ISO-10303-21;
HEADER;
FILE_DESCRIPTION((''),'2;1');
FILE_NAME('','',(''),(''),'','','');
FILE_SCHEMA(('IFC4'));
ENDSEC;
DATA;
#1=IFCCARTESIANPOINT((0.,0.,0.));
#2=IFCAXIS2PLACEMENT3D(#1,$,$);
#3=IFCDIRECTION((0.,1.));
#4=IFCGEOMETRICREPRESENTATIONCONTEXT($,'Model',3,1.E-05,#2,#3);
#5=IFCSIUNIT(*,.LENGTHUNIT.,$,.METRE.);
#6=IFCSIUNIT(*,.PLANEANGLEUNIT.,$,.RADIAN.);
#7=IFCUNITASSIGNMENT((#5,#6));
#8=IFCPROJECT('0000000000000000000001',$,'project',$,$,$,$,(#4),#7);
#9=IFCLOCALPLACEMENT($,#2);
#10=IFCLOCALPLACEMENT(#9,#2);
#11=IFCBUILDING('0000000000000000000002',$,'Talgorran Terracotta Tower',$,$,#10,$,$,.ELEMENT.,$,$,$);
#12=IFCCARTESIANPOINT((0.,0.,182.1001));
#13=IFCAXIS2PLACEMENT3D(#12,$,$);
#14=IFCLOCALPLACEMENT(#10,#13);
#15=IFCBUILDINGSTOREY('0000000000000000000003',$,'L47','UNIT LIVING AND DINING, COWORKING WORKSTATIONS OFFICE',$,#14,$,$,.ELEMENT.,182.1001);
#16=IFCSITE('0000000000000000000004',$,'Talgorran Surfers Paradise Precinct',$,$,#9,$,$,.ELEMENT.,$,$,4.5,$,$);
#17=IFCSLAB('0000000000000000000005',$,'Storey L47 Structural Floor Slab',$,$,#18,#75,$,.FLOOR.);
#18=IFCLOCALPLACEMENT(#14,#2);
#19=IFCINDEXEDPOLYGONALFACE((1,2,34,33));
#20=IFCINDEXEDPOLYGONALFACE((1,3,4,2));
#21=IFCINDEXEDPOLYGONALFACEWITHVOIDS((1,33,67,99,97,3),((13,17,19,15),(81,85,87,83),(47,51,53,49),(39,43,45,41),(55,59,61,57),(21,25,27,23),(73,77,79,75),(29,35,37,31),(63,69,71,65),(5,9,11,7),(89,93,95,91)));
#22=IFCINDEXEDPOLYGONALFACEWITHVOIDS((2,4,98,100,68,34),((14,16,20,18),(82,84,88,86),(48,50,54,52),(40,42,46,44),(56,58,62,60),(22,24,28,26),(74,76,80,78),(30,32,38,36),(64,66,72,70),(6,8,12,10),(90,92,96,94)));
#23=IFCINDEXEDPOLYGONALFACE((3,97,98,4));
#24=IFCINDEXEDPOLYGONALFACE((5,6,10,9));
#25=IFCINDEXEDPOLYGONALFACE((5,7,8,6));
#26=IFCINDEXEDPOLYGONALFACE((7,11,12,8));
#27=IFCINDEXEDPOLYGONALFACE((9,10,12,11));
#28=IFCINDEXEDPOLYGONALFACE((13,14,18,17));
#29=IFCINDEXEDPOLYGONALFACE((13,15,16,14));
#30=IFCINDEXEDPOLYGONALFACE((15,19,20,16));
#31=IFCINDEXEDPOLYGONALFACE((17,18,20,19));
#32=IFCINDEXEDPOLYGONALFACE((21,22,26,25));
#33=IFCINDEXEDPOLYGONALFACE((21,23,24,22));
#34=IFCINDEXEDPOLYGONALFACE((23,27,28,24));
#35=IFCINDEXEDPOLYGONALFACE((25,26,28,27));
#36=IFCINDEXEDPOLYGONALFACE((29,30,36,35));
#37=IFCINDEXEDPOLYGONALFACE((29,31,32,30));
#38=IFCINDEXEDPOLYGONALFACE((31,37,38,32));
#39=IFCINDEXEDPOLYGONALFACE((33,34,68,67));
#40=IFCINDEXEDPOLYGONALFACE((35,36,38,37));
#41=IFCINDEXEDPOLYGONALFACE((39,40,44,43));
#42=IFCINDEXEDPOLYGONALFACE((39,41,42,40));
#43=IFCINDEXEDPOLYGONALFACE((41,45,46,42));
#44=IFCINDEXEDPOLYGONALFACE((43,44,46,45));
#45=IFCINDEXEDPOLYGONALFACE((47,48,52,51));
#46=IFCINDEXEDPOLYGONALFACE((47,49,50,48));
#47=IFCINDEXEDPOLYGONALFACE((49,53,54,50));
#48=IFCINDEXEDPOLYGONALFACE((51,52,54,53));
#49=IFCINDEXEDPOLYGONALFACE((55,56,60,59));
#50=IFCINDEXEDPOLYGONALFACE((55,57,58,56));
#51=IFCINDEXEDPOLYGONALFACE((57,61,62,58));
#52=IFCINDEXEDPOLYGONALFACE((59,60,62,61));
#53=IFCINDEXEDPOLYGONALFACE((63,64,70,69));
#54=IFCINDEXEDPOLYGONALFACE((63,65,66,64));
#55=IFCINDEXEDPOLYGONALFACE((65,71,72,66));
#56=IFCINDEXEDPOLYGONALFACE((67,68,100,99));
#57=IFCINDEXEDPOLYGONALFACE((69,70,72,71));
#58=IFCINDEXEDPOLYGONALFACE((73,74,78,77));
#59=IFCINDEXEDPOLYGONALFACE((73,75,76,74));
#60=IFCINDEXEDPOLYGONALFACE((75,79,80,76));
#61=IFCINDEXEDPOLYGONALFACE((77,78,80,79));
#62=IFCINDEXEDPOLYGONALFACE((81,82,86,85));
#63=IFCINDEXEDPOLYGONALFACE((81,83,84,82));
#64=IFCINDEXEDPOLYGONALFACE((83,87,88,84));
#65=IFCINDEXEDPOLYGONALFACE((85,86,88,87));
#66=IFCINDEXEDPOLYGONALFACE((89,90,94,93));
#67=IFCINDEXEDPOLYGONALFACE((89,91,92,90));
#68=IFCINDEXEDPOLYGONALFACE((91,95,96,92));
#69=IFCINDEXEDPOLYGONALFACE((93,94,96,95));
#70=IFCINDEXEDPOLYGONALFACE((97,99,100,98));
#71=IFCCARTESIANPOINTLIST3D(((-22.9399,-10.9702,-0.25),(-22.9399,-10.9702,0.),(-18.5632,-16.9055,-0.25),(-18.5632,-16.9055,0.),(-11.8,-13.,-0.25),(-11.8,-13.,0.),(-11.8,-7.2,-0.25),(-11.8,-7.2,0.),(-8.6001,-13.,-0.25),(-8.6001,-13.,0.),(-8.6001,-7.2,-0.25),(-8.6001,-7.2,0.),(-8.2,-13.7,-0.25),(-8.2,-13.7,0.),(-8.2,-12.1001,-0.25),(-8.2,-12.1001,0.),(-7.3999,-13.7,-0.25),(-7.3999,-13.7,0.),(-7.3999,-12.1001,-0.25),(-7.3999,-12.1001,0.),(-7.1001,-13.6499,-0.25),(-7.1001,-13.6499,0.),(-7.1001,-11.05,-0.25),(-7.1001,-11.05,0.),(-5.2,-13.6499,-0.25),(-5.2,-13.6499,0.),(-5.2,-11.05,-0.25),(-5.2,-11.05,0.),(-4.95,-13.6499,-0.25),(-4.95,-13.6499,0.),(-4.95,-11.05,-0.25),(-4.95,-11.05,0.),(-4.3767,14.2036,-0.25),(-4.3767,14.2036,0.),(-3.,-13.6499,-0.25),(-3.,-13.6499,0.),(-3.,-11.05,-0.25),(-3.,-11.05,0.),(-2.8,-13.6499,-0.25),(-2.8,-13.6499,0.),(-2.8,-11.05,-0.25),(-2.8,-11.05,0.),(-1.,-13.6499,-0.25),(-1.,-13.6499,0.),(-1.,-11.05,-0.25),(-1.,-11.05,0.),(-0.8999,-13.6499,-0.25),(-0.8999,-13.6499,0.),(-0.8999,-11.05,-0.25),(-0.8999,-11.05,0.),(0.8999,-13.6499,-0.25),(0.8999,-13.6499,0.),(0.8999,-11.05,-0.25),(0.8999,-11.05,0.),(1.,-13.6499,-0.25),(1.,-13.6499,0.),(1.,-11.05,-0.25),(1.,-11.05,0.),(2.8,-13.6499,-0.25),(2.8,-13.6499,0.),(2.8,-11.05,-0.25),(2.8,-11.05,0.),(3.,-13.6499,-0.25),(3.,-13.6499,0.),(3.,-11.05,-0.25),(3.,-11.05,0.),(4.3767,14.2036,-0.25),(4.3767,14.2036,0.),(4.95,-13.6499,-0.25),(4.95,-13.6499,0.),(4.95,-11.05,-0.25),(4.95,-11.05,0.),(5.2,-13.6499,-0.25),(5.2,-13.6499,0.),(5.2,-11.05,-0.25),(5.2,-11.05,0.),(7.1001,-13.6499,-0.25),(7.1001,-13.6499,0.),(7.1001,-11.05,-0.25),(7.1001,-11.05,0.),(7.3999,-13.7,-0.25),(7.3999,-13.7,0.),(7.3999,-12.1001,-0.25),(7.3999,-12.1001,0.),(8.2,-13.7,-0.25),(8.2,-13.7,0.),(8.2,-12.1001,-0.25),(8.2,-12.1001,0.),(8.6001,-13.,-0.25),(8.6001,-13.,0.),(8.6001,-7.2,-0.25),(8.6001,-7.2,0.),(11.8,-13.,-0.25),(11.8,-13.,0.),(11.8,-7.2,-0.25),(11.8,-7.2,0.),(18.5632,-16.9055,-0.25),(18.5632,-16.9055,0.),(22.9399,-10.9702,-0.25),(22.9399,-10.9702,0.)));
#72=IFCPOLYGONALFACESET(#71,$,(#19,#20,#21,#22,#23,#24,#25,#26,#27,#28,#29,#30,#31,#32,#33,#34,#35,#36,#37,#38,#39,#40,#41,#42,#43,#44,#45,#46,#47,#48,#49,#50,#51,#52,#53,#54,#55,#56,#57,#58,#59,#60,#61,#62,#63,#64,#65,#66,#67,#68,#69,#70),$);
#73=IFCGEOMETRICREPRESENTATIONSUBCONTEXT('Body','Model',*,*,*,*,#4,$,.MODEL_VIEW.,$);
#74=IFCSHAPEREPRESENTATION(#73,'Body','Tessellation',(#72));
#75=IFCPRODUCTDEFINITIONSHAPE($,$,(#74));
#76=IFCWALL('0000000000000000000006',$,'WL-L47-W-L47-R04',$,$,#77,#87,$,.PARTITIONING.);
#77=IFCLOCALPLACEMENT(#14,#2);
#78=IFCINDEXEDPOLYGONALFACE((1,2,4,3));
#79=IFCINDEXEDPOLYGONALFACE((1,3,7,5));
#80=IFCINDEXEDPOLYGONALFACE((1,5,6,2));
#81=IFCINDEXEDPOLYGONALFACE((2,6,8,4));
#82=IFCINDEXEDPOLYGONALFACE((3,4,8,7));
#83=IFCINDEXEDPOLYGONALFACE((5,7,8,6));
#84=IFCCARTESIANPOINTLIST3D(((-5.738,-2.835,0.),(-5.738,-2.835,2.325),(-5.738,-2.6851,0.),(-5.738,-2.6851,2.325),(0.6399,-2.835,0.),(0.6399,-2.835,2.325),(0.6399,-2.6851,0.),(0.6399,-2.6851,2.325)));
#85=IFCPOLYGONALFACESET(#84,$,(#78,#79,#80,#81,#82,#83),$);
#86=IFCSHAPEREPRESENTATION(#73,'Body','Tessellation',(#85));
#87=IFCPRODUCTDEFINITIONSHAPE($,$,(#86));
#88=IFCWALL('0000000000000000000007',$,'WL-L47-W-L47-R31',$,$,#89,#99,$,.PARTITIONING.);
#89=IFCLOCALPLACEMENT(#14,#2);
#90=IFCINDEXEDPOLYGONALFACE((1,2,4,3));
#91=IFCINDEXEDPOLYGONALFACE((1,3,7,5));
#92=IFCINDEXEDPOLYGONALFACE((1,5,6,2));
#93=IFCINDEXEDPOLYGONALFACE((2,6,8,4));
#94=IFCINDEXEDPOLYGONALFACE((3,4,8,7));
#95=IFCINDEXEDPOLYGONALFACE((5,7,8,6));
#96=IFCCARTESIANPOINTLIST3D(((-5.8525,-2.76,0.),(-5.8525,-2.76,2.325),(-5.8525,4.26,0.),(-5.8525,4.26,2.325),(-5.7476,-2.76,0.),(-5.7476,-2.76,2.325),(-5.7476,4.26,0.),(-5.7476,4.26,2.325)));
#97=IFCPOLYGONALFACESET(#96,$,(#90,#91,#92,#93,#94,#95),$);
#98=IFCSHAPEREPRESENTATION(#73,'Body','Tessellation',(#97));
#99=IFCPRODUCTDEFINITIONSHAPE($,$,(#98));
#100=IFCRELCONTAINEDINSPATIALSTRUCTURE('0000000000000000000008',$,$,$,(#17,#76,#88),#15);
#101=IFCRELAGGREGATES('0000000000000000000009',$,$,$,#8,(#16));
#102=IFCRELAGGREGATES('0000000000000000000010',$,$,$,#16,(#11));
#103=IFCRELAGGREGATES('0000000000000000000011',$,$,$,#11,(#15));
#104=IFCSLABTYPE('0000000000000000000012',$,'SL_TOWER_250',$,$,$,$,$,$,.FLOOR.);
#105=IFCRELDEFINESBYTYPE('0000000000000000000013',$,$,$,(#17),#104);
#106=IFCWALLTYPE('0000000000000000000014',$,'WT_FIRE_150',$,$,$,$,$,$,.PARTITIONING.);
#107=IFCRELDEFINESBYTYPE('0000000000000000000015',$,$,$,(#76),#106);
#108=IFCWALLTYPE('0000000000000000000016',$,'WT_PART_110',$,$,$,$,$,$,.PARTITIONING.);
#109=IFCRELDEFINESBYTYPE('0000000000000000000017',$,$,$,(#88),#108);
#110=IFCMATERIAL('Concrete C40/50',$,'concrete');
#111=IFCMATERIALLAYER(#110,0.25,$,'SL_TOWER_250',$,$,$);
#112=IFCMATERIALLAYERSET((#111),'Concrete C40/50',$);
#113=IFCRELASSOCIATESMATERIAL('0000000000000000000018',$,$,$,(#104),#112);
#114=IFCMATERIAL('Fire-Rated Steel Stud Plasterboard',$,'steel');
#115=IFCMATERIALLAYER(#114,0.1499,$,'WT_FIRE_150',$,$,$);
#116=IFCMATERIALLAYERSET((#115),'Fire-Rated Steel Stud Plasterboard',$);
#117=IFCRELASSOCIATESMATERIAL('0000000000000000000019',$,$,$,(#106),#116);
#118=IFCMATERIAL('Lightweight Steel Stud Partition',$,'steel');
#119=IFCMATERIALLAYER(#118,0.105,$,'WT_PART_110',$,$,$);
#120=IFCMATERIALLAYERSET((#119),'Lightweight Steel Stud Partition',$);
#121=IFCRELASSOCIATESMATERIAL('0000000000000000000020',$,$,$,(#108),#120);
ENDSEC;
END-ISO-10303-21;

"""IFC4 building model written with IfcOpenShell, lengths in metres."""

from ifc_helpers import new_model, si_unit, direction, frame, frame_2d, origin, place, context, subcontext, project, spatial, polyline, rectangle, outline, extrude, material, layer, layer_set, type_object, element, save


model = new_model("IFC4")

# Units and contexts
model_context = context("Model", 3, precision=1e-05, world=origin(), true_north=direction((0.0, 1.0)))
body_context = subcontext(model_context, "Body", "Model", "MODEL_VIEW")
ifc_project = project(units=[si_unit("LENGTHUNIT", "METRE"), si_unit("PLANEANGLEUNIT", "RADIAN")], contexts=[model_context])

# Site, building, storey
site_placement = place(None, origin())
site = spatial("IfcSite", under=ifc_project, at=site_placement, Name="Talgorran Surfers Paradise Precinct", CompositionType="ELEMENT", RefElevation=4.5)
building_placement = place(site_placement, origin())
building = spatial("IfcBuilding", under=site, at=building_placement, Name="Talgorran Terracotta Tower", CompositionType="ELEMENT")
storey_placement = place(building_placement, frame((0.0, 0.0, 182.1001)))
storey = spatial("IfcBuildingStorey", under=building, at=storey_placement, Name="L47", Description="UNIT LIVING AND DINING, COWORKING WORKSTATIONS OFFICE", CompositionType="ELEMENT", Elevation=182.1001)

# Slab
ifc_material_1 = material(Name="Concrete C40/50", Category="concrete")
ifc_layer_1 = layer(ifc_material_1, 0.25, Name="SL_TOWER_250")
ifc_layer_set_1 = layer_set([ifc_layer_1], Name="Concrete C40/50")
slab_type_1 = type_object("IfcSlabType", Name="SL_TOWER_250", PredefinedType="FLOOR", material=ifc_layer_set_1)
slab_1_placement = place(storey_placement, frame((0.0, 0.0, -0.25)))
element("IfcSlab", 1, at=slab_1_placement, inside=storey, type_object=slab_type_1, Name="Storey L47 Structural Floor Slab", PredefinedType="FLOOR", context=body_context, shape_type="SweptSolid", body=[
    extrude(outline(polyline([(-22.9399, -10.9702), (-18.5632, -16.9055), (18.5632, -16.9055), (22.9399, -10.9702), (4.3767, 14.2036), (-4.3767, 14.2036), (-22.9399, -10.9702)]), holes=[polyline([(-11.8, -7.2), (-11.8, -13.0), (-8.6001, -13.0), (-8.6001, -7.2), (-11.8, -7.2)]), polyline([(8.6001, -7.2), (8.6001, -13.0), (11.8, -13.0), (11.8, -7.2), (8.6001, -7.2)]), polyline([(-7.1001, -13.6499), (-5.2, -13.6499), (-5.2, -11.05), (-7.1001, -11.05), (-7.1001, -13.6499)]), polyline([(5.2, -13.6499), (7.1001, -13.6499), (7.1001, -11.05), (5.2, -11.05), (5.2, -13.6499)]), polyline([(3.0, -13.6499), (4.95, -13.6499), (4.95, -11.05), (3.0, -11.05), (3.0, -13.6499)]), polyline([(-4.95, -13.6499), (-3.0, -13.6499), (-3.0, -11.05), (-4.95, -11.05), (-4.95, -13.6499)]), polyline([(-2.8, -13.6499), (-1.0, -13.6499), (-1.0, -11.05), (-2.8, -11.05), (-2.8, -13.6499)]), polyline([(-0.8999, -13.6499), (0.8999, -13.6499), (0.8999, -11.05), (-0.8999, -11.05), (-0.8999, -13.6499)]), polyline([(1.0, -13.6499), (2.8, -13.6499), (2.8, -11.05), (1.0, -11.05), (1.0, -13.6499)]), polyline([(-8.2, -13.7), (-7.3999, -13.7), (-7.3999, -12.1001), (-8.2, -12.1001), (-8.2, -13.7)]), polyline([(7.3999, -13.7), (8.2, -13.7), (8.2, -12.1001), (7.3999, -12.1001), (7.3999, -13.7)])]), origin(), (0.0, 0.0, 1.0), 0.25),
])

# Walls
ifc_material_2 = material(Name="Fire-Rated Steel Stud Plasterboard", Category="steel")
ifc_layer_2 = layer(ifc_material_2, 0.1499, Name="WT_FIRE_150")
ifc_layer_set_2 = layer_set([ifc_layer_2], Name="Fire-Rated Steel Stud Plasterboard")
wall_type_1 = type_object("IfcWallType", Name="WT_FIRE_150", PredefinedType="PARTITIONING", material=ifc_layer_set_2)
wall_1_placement = place(storey_placement, frame((-5.738, -2.76, 0.0), z_axis=(0.0, 0.0, 1.0), x_axis=(1.0, 0.0, 0.0)))
element("IfcWall", 2, at=wall_1_placement, inside=storey, type_object=wall_type_1, Name="WL-L47-W-L47-R04", PredefinedType="PARTITIONING", context=body_context, shape_type="SweptSolid", body=[
    extrude(rectangle(XDim=6.3779, YDim=0.1499, at=frame_2d((3.189, 0.0))), origin(), (0.0, 0.0, 1.0), 2.325),
])
ifc_material_3 = material(Name="Lightweight Steel Stud Partition", Category="steel")
ifc_layer_3 = layer(ifc_material_3, 0.105, Name="WT_PART_110")
ifc_layer_set_3 = layer_set([ifc_layer_3], Name="Lightweight Steel Stud Partition")
wall_type_2 = type_object("IfcWallType", Name="WT_PART_110", PredefinedType="PARTITIONING", material=ifc_layer_set_3)
wall_2_placement = place(storey_placement, frame((-5.8, -2.76, 0.0), z_axis=(0.0, 0.0, 1.0), x_axis=(0.0, 1.0, 0.0)))
element("IfcWall", 3, at=wall_2_placement, inside=storey, type_object=wall_type_2, Name="WL-L47-W-L47-R31", PredefinedType="PARTITIONING", context=body_context, shape_type="SweptSolid", body=[
    extrude(rectangle(XDim=7.02, YDim=0.105, at=frame_2d((3.51, 0.0))), origin(), (0.0, 0.0, 1.0), 2.325),
])

save(model, "model.ifc")
